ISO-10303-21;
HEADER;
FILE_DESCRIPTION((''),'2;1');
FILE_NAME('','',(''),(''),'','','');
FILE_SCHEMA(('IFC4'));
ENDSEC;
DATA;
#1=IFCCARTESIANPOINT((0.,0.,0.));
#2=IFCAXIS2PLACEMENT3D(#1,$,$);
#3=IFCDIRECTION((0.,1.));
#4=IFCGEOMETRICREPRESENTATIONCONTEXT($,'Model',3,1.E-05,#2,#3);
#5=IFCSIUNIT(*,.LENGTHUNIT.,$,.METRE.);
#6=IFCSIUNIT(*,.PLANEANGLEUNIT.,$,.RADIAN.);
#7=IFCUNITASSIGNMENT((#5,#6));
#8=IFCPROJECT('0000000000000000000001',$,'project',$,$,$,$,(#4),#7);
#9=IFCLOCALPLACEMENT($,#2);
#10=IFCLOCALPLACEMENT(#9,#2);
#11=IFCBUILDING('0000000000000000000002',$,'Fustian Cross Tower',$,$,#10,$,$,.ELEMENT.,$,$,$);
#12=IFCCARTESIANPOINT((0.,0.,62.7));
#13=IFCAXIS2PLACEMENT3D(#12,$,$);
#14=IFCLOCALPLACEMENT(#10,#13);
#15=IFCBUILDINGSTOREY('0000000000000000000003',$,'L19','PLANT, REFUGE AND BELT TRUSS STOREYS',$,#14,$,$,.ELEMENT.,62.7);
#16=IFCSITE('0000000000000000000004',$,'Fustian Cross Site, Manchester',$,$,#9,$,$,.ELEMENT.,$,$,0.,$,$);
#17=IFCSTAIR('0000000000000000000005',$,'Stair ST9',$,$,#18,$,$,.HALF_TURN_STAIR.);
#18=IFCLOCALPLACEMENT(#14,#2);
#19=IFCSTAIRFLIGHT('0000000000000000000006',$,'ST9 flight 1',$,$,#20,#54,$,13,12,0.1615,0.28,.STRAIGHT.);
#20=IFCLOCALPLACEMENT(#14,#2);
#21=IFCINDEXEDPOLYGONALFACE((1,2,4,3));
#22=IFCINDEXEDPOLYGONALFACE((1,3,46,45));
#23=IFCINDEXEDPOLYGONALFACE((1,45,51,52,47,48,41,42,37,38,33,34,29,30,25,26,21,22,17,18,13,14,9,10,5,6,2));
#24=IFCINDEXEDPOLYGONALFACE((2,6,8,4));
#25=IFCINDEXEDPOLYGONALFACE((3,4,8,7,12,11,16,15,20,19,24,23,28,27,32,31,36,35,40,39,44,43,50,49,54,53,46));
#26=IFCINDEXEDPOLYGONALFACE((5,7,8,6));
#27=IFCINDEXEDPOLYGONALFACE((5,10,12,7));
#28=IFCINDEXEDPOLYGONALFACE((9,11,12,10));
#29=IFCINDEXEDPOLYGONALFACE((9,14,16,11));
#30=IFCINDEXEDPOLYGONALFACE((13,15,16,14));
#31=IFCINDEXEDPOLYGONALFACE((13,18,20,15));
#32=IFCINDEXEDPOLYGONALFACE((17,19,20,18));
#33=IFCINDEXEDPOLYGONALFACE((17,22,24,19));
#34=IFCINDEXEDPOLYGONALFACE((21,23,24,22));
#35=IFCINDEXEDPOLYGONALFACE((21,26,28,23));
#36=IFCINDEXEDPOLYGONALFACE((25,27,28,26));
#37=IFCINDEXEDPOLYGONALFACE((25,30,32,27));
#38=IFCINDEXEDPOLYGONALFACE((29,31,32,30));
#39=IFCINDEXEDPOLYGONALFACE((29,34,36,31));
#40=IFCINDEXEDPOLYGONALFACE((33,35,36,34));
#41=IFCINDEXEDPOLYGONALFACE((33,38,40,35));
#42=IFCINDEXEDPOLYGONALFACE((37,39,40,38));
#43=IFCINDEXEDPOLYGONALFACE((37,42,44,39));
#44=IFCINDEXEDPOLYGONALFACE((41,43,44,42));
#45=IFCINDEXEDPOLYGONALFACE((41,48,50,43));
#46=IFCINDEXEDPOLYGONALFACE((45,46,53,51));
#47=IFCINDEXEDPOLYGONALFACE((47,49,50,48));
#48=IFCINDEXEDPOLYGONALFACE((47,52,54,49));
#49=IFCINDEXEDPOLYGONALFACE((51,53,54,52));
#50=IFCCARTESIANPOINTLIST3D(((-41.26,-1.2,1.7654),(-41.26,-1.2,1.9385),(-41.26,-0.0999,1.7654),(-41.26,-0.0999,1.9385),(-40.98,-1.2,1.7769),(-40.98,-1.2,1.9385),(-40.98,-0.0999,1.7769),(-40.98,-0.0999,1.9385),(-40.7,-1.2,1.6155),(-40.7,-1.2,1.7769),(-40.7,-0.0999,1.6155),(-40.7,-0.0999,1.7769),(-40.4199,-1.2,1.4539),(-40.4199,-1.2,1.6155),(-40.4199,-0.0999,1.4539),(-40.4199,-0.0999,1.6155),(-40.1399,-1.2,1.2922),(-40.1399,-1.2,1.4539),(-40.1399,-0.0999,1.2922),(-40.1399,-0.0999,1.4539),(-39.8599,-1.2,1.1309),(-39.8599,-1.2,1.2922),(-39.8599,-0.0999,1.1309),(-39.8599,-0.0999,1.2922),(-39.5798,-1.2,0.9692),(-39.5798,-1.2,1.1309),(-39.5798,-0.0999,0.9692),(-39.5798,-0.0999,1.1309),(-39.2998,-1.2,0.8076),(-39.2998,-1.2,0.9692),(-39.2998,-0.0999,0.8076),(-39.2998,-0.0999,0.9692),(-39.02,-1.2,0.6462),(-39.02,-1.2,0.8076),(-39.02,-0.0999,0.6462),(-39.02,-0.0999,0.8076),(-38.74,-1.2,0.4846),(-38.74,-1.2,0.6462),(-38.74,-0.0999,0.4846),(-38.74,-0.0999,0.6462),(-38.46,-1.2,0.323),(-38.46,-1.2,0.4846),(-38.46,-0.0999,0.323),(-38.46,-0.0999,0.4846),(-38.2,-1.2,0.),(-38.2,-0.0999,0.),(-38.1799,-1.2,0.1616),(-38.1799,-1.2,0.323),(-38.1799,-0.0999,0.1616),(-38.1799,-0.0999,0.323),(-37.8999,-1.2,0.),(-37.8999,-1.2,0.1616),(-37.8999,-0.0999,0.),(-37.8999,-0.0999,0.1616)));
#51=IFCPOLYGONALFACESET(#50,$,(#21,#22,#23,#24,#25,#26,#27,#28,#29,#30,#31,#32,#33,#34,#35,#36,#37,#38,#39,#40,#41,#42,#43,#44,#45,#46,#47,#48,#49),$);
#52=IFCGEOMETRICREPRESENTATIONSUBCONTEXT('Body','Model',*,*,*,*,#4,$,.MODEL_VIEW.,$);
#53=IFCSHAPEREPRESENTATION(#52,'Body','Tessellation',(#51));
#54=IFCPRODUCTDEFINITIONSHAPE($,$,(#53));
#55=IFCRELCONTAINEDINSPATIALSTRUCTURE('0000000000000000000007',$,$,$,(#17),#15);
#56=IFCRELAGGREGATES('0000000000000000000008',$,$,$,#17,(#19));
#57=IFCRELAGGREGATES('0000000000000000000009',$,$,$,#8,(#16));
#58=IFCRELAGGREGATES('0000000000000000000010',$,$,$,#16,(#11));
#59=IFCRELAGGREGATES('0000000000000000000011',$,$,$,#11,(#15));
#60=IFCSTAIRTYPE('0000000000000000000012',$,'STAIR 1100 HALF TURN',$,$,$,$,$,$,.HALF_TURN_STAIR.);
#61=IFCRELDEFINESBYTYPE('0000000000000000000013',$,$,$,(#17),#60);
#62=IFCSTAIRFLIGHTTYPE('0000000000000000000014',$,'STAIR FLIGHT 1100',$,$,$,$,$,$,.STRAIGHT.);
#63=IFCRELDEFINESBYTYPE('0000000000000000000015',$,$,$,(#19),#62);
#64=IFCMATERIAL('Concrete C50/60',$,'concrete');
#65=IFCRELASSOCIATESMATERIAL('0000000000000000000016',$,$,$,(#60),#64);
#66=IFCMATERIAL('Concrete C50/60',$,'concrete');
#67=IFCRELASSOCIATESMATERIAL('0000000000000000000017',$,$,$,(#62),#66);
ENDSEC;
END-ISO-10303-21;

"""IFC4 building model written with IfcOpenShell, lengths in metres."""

from ifc_helpers import new_model, si_unit, direction, frame, origin, place, context, subcontext, project, spatial, polyline, outline, extrude, material, type_object, element, aggregate, save


model = new_model("IFC4")

# Units and contexts
model_context = context("Model", 3, precision=1e-05, world=origin(), true_north=direction((0.0, 1.0)))
body_context = subcontext(model_context, "Body", "Model", "MODEL_VIEW")
ifc_project = project(units=[si_unit("LENGTHUNIT", "METRE"), si_unit("PLANEANGLEUNIT", "RADIAN")], contexts=[model_context])

# Site, building, storey
site_placement = place(None, origin())
site = spatial("IfcSite", under=ifc_project, at=site_placement, Name="Fustian Cross Site, Manchester", CompositionType="ELEMENT", RefElevation=0.0)
building_placement = place(site_placement, origin())
building = spatial("IfcBuilding", under=site, at=building_placement, Name="Fustian Cross Tower", CompositionType="ELEMENT")
storey_placement = place(building_placement, frame((0.0, 0.0, 62.7)))
storey = spatial("IfcBuildingStorey", under=building, at=storey_placement, Name="L19", Description="PLANT, REFUGE AND BELT TRUSS STOREYS", CompositionType="ELEMENT", Elevation=62.7)

# Stair, stair flight
ifc_material_1 = material(Name="Concrete C50/60", Category="concrete")
stair_type = type_object("IfcStairType", Name="STAIR 1100 HALF TURN", PredefinedType="HALF_TURN_STAIR", material=ifc_material_1)
stair_placement = place(storey_placement, origin())
stair = element("IfcStair", 1, at=stair_placement, inside=storey, type_object=stair_type, Name="Stair ST9", PredefinedType="HALF_TURN_STAIR")
ifc_material_2 = material(Name="Concrete C50/60", Category="concrete")
stair_flight_type = type_object("IfcStairFlightType", Name="STAIR FLIGHT 1100", PredefinedType="STRAIGHT", material=ifc_material_2)
stair_flight_placement = place(storey_placement, frame((-37.8999, -0.6499, 0.0), z_axis=(0.0, 0.0, 1.0), x_axis=(-1.0, 0.0, 0.0)))
stair_flight = element("IfcStairFlight", 2, at=stair_flight_placement, type_object=stair_flight_type, Name="ST9 flight 1", NumberOfRisers=13, NumberOfTreads=12, PredefinedType="STRAIGHT", RiserHeight=0.1615, TreadLength=0.28, context=body_context, shape_type="SweptSolid", body=[
    extrude(outline(polyline([(0.0, 0.0), (0.0, 0.1616), (0.28, 0.1616), (0.28, 0.323), (0.5601, 0.323), (0.5601, 0.4846), (0.8401, 0.4846), (0.8401, 0.6462), (1.1201, 0.6462), (1.1201, 0.8076), (1.3999, 0.8076), (1.3999, 0.9692), (1.6799, 0.9692), (1.6799, 1.1309), (1.96, 1.1309), (1.96, 1.2922), (2.24, 1.2922), (2.24, 1.4539), (2.52, 1.4539), (2.52, 1.6155), (2.8, 1.6155), (2.8, 1.7769), (3.0801, 1.7769), (3.0801, 1.9385), (3.3601, 1.9385), (3.3601, 2.1001), (3.3601, 1.7654), (0.3, 0.0), (0.0, 0.0)])), frame((0.0, 0.55, 0.0), z_axis=(0.0, -1.0, 0.0), x_axis=(1.0, 0.0, 0.0)), (0.0, 0.0, 1.0), 1.1001),
])
aggregate(stair, [stair_flight])

save(model, "model.ifc")
